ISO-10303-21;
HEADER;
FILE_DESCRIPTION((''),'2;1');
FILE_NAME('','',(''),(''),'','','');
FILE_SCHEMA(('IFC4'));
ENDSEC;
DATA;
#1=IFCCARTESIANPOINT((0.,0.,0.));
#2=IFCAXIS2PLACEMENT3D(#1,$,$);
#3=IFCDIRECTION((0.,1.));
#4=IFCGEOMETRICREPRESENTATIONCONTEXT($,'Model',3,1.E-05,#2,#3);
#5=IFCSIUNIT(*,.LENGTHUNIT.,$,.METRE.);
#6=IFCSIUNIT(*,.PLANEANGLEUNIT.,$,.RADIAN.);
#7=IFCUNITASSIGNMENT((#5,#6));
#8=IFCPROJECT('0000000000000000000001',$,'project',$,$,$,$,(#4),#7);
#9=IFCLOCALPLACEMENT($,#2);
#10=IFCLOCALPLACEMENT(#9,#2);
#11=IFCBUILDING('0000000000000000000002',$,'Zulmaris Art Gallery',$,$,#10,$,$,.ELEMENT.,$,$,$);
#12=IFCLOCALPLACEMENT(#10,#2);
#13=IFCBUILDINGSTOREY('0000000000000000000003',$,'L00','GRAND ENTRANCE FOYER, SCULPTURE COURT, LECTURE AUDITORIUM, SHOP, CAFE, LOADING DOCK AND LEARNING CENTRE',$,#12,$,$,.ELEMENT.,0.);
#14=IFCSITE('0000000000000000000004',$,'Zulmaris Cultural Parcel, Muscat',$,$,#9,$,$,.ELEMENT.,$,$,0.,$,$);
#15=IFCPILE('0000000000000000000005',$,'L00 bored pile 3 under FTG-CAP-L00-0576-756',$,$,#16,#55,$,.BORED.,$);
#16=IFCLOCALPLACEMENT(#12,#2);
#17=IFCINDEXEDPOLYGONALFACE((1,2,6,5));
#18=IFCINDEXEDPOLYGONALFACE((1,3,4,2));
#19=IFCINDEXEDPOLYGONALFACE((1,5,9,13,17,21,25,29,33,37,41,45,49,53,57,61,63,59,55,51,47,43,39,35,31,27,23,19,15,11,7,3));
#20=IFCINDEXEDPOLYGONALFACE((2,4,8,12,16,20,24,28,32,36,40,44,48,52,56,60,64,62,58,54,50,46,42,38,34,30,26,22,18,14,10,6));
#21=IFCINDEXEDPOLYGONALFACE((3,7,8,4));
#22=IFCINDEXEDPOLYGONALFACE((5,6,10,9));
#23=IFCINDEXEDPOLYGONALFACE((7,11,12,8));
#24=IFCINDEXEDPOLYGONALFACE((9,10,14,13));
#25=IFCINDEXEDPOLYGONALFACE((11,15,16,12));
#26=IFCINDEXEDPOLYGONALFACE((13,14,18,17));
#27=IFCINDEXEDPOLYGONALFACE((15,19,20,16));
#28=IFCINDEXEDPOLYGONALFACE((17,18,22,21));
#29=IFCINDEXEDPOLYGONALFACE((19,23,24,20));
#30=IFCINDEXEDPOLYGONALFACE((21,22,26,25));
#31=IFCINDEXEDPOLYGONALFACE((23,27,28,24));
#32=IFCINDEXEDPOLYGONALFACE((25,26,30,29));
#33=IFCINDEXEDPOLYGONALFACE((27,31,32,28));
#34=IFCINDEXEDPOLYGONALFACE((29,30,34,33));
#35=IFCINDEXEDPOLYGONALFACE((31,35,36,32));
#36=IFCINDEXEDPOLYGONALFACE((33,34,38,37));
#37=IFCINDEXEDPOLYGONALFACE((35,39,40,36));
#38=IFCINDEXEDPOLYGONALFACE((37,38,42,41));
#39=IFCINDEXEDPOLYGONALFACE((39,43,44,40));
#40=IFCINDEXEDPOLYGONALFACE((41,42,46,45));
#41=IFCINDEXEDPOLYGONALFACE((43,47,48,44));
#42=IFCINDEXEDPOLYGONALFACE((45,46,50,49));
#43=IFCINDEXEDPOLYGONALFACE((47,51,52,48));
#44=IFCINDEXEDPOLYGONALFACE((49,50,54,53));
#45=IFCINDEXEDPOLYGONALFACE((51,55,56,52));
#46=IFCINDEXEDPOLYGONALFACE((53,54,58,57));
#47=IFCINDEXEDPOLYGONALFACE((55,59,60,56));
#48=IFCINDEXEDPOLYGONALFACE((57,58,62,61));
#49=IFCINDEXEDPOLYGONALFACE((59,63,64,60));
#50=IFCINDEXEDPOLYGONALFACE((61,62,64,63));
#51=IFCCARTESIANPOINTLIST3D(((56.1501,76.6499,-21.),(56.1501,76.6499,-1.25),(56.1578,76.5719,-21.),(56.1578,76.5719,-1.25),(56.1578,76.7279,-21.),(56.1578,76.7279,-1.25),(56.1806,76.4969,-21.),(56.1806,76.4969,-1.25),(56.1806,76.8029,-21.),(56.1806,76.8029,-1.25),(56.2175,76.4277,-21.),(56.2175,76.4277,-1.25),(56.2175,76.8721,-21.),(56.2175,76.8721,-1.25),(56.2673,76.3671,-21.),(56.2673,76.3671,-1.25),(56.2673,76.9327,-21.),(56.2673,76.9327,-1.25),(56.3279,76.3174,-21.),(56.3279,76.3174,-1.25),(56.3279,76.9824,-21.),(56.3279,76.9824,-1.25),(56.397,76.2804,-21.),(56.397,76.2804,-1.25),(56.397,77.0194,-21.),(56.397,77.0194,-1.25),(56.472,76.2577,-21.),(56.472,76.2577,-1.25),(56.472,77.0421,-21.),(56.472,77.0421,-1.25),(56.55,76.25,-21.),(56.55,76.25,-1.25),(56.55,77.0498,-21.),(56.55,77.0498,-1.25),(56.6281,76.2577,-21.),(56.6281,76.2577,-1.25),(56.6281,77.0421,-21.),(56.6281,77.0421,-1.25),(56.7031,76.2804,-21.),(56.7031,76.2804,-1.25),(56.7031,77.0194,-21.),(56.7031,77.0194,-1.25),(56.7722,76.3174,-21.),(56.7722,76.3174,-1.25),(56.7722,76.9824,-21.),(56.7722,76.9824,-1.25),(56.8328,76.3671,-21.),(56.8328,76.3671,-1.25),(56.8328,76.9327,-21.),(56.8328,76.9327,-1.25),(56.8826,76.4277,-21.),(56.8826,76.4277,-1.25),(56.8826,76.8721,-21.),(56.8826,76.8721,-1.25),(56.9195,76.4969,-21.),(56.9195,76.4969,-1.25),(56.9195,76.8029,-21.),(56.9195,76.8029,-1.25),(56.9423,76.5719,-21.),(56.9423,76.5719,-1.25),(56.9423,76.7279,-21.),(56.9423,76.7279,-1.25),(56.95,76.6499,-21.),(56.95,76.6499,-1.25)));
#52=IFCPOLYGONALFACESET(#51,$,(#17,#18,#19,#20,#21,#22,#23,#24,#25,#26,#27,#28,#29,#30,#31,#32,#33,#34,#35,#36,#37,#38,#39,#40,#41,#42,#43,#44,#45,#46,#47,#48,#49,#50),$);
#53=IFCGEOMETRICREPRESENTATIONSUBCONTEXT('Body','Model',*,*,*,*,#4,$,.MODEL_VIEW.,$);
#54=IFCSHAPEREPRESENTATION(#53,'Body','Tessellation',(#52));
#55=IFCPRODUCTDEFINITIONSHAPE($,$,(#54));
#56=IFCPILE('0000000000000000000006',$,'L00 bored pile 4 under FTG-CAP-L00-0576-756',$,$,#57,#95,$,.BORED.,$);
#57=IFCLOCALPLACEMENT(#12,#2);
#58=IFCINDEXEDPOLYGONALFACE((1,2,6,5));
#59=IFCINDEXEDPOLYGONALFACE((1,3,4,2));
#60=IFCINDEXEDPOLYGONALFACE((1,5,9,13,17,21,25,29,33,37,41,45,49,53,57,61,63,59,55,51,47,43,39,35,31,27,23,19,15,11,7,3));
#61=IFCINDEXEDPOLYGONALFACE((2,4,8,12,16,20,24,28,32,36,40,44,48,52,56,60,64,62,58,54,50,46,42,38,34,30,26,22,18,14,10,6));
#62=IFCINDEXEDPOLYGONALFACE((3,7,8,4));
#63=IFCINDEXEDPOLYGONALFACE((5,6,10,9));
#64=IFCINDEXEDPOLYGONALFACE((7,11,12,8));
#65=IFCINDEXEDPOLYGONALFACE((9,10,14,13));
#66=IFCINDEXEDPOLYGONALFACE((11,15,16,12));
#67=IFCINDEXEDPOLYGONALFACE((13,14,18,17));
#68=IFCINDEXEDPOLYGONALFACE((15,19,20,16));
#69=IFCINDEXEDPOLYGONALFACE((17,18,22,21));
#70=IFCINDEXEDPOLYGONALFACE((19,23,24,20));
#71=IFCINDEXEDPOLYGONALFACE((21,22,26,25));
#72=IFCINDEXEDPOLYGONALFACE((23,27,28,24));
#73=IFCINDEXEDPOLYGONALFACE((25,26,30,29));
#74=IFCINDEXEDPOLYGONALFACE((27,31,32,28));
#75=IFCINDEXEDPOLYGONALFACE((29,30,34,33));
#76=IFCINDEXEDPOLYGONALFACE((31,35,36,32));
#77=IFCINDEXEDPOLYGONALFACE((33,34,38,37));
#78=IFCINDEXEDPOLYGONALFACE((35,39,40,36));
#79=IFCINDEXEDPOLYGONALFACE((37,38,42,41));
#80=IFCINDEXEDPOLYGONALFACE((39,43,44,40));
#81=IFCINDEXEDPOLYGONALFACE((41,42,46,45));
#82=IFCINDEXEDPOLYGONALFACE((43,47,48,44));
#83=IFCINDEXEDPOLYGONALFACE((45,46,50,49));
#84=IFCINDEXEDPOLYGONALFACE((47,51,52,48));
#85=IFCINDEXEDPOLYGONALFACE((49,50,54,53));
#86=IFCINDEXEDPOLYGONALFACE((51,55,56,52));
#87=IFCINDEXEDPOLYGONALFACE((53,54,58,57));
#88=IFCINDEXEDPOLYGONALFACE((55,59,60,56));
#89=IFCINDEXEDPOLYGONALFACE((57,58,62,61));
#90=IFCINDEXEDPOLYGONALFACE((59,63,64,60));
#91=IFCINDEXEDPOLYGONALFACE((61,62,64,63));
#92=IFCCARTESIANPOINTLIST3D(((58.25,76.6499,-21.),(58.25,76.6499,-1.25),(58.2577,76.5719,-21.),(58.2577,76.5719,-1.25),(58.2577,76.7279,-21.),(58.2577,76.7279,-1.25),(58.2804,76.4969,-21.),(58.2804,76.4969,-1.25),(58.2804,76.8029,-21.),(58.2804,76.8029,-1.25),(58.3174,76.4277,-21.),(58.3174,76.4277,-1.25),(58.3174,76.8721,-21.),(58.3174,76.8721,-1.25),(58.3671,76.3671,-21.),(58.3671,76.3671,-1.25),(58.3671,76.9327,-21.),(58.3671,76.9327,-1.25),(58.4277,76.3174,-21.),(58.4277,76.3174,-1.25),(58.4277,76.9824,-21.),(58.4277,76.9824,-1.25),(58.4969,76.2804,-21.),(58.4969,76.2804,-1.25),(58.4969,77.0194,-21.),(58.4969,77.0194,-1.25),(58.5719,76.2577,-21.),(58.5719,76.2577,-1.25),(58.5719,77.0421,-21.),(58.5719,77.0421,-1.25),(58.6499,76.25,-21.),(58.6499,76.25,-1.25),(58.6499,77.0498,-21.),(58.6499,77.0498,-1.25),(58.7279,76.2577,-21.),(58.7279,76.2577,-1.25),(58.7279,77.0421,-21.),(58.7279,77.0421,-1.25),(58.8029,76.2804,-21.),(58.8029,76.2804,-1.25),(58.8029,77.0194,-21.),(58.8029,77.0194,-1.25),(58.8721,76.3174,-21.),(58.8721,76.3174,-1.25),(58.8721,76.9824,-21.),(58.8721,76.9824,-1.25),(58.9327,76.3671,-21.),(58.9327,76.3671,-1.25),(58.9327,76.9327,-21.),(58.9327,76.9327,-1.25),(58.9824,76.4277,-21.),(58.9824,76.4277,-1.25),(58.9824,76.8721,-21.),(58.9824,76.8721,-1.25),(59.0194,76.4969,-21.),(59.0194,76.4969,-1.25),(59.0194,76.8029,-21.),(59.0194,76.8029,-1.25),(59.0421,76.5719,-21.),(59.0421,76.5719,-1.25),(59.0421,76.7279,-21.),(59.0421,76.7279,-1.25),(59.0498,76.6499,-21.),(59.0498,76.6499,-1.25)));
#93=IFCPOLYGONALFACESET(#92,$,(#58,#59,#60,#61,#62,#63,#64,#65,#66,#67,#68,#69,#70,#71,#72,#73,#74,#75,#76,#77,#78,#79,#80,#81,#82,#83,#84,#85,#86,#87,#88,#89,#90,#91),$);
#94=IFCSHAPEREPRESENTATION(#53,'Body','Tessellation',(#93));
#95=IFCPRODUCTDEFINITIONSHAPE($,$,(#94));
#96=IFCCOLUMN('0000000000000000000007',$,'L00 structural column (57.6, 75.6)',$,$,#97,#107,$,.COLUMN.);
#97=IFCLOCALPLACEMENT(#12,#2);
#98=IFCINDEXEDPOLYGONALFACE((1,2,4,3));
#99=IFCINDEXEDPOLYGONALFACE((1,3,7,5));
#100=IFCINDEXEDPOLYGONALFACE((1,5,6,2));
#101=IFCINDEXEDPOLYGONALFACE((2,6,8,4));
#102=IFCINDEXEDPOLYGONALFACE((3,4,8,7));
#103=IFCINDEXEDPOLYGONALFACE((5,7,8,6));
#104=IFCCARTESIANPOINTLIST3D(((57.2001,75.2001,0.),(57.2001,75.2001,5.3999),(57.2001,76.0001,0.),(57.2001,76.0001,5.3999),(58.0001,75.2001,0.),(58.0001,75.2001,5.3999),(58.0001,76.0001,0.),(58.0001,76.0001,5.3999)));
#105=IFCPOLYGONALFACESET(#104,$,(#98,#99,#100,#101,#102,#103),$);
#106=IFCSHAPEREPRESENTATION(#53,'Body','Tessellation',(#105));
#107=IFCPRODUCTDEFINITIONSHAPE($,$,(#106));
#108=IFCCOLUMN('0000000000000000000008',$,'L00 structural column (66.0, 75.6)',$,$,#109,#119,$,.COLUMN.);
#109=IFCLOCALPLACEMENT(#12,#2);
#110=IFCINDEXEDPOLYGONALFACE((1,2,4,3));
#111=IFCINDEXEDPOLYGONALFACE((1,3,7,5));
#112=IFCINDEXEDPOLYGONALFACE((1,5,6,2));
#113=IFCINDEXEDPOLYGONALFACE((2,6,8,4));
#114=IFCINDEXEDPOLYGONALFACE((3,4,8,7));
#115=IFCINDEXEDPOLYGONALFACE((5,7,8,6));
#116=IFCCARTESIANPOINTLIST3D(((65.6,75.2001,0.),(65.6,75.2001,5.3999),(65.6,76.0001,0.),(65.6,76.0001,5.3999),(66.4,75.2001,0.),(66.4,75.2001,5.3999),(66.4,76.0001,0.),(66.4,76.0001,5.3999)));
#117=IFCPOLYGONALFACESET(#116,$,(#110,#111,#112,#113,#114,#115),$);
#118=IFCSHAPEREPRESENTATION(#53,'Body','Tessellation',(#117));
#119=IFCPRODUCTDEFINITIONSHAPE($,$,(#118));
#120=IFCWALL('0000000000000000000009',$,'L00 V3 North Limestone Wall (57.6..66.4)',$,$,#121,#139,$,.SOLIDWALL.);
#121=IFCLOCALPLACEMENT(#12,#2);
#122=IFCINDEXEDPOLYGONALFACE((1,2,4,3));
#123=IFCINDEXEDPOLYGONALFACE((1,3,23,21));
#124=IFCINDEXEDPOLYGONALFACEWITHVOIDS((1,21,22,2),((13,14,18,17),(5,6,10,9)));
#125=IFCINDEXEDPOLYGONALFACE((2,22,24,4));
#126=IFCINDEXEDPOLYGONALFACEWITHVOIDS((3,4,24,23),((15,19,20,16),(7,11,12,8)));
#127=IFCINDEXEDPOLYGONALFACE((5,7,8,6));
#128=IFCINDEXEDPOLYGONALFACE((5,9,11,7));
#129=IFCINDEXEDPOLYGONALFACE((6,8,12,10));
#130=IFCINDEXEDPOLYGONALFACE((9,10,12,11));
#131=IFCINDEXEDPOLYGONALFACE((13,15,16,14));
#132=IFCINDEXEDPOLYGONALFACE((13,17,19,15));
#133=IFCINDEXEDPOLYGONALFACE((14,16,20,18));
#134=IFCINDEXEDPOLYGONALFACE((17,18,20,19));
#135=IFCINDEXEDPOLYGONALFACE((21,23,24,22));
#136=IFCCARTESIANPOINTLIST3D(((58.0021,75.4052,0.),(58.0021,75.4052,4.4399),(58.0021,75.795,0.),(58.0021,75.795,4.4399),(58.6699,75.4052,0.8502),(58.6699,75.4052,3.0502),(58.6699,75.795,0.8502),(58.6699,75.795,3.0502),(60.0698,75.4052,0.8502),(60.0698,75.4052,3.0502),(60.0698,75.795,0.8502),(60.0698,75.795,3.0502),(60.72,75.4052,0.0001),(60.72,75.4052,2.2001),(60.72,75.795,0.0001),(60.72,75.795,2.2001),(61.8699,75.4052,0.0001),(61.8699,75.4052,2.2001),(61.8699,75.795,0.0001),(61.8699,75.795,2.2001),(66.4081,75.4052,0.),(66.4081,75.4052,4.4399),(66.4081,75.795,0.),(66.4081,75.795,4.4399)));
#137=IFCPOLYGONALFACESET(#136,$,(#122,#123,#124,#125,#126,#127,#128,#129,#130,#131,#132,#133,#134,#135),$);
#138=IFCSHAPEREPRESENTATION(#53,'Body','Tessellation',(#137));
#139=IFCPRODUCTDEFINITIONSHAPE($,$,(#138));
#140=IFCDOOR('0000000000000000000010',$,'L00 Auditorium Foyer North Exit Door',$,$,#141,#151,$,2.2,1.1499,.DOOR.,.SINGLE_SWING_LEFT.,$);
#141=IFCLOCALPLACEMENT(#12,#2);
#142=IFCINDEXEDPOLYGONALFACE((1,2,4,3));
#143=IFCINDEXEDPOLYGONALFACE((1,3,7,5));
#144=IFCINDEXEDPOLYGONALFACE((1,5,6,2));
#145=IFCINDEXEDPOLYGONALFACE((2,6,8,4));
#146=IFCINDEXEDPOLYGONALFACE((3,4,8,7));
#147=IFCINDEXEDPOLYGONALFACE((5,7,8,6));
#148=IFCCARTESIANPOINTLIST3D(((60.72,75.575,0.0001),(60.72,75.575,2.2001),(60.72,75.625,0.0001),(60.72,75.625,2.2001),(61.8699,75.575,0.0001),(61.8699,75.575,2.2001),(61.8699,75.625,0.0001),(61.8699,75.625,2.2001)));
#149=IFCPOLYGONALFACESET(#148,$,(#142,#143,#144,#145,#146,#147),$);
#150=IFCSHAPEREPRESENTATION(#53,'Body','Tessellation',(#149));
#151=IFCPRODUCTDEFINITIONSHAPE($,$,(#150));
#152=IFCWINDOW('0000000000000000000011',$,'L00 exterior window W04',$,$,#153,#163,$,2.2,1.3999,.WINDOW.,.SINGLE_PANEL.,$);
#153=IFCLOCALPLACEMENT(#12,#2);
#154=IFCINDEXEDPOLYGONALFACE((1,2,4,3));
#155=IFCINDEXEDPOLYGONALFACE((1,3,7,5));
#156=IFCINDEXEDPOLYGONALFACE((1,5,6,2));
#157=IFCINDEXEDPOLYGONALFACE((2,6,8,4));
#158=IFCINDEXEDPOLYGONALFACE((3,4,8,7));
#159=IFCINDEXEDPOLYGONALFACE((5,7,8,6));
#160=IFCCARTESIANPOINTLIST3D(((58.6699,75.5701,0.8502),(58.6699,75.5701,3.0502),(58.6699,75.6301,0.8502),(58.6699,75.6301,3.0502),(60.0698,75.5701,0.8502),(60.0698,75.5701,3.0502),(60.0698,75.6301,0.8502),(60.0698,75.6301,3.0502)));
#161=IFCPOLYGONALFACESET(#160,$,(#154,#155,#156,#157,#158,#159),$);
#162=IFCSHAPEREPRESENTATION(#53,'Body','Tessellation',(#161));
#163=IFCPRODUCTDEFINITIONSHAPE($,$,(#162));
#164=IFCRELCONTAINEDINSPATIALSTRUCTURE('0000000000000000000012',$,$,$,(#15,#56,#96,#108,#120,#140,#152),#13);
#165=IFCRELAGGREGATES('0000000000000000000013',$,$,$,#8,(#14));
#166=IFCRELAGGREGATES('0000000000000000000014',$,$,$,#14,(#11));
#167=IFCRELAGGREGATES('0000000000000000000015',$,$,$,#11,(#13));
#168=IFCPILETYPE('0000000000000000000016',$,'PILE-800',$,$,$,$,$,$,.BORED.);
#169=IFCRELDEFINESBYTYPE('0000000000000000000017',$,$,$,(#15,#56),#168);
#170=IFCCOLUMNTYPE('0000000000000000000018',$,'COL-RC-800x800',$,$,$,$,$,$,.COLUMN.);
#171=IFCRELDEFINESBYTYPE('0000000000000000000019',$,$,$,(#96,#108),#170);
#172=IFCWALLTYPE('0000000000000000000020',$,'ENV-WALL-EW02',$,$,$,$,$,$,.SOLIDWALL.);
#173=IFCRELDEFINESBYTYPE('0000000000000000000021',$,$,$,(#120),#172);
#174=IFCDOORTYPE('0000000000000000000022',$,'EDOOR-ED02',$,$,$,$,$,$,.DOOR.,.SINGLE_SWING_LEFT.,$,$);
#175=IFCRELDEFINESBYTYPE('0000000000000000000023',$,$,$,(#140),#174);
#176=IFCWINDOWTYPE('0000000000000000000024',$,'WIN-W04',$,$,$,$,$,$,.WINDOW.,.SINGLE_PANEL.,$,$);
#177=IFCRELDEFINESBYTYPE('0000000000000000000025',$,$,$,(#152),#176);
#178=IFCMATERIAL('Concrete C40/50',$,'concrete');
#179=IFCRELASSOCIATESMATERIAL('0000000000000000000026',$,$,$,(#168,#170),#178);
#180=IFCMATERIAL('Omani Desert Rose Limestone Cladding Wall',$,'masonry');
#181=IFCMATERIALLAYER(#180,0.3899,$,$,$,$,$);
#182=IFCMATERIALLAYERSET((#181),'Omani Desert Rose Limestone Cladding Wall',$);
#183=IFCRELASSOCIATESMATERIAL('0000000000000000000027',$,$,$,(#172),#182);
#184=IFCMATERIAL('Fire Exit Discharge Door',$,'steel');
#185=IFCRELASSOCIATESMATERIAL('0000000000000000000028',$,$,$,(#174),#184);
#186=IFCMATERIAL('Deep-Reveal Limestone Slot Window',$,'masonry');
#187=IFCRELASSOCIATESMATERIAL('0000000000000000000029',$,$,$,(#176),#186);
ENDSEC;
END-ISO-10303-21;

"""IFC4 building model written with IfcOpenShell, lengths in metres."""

from ifc_helpers import new_model, si_unit, direction, frame, frame_2d, origin, origin_2d, place, context, subcontext, project, spatial, rectangle, circle, extrude, material, layer, layer_set, material_profile, profile_set, type_object, element, fill, save


model = new_model("IFC4")

# Units and contexts
model_context = context("Model", 3, precision=1e-05, world=origin(), true_north=direction((0.0, 1.0)))
body_context = subcontext(model_context, "Body", "Model", "MODEL_VIEW")
ifc_project = project(units=[si_unit("LENGTHUNIT", "METRE"), si_unit("PLANEANGLEUNIT", "RADIAN")], contexts=[model_context])

# Site, building, storey
site_placement = place(None, origin())
site = spatial("IfcSite", under=ifc_project, at=site_placement, Name="Zulmaris Cultural Parcel, Muscat", CompositionType="ELEMENT", RefElevation=0.0)
building_placement = place(site_placement, origin())
building = spatial("IfcBuilding", under=site, at=building_placement, Name="Zulmaris Art Gallery", CompositionType="ELEMENT")
storey_placement = place(building_placement, origin())
storey = spatial("IfcBuildingStorey", under=building, at=storey_placement, Name="L00", Description="GRAND ENTRANCE FOYER, SCULPTURE COURT, LECTURE AUDITORIUM, SHOP, CAFE, LOADING DOCK AND LEARNING CENTRE", CompositionType="ELEMENT", Elevation=0.0)

# Piles
ifc_material_1 = material(Name="Concrete C40/50", Category="concrete")
ifc_material_profile_1 = material_profile(ifc_material_1, circle(Radius=0.3999, at=origin_2d()), Name="PILE DIA 800")
ifc_profile_set_1 = profile_set([ifc_material_profile_1], Name="Concrete C40/50")
pile_type_1 = type_object("IfcPileType", Name="PILE-800", PredefinedType="BORED", material=ifc_profile_set_1)
for number, where, z_axis, x_axis, name in (
    (1, (56.55, 76.6499, -1.25), (0.0, 0.0, -1.0), (1.0, 0.0, 0.0), "L00 bored pile 3 under FTG-CAP-L00-0576-756"),
    (2, (58.6499, 76.6499, -1.25), (0.0, 0.0, -1.0), (1.0, 0.0, 0.0), "L00 bored pile 4 under FTG-CAP-L00-0576-756"),
):
    element("IfcPile", number, at=place(storey_placement, frame(where, z_axis=z_axis, x_axis=x_axis)), inside=storey, type_object=pile_type_1, Name=name, PredefinedType="BORED", context=body_context, shape_type="SweptSolid", body=[
        extrude(circle(Radius=0.3999, at=origin_2d()), origin(), (0.0, 0.0, 1.0), 19.75),
    ])

# Columns
ifc_material_profile_2 = material_profile(ifc_material_1, rectangle(XDim=0.8, YDim=0.8, at=origin_2d()), Name="RC 800x800")
ifc_profile_set_2 = profile_set([ifc_material_profile_2], Name="Concrete C40/50")
column_type = type_object("IfcColumnType", Name="COL-RC-800x800", PredefinedType="COLUMN", material=ifc_profile_set_2)
for number, where, z_axis, x_axis, name in (
    (3, (57.6001, 75.6001, 0.0), (0.0, 0.0, 1.0), (1.0, 0.0, 0.0), "L00 structural column (57.6, 75.6)"),
    (4, (66.0, 75.6001, 0.0), (0.0, 0.0, 1.0), (1.0, 0.0, 0.0), "L00 structural column (66.0, 75.6)"),
):
    element("IfcColumn", number, at=place(storey_placement, frame(where, z_axis=z_axis, x_axis=x_axis)), inside=storey, type_object=column_type, Name=name, PredefinedType="COLUMN", context=body_context, shape_type="SweptSolid", body=[
        extrude(rectangle(XDim=0.8, YDim=0.8, at=origin_2d()), origin(), (0.0, 0.0, 1.0), 5.3999),
    ])

# Wall, openings, door, window
ifc_material_2 = material(Name="Omani Desert Rose Limestone Cladding Wall", Category="masonry")
ifc_layer_1 = layer(ifc_material_2, 0.3899)
ifc_layer_set_1 = layer_set([ifc_layer_1], Name="Omani Desert Rose Limestone Cladding Wall")
wall_type_1 = type_object("IfcWallType", Name="ENV-WALL-EW02", PredefinedType="SOLIDWALL", material=ifc_layer_set_1)
wall_1_placement = place(storey_placement, frame((58.002, 75.6001, 0.0), z_axis=(0.0, 0.0, 1.0), x_axis=(1.0, 0.0, 0.0)))
wall_1 = element("IfcWall", 5, at=wall_1_placement, inside=storey, type_object=wall_type_1, Name="L00 V3 North Limestone Wall (57.6..66.4)", PredefinedType="SOLIDWALL", context=body_context, shape_type="SweptSolid", body=[
    extrude(rectangle(XDim=8.406, YDim=0.3899, at=frame_2d((4.2031, 0.0))), origin(), (0.0, 0.0, 1.0), 4.4399),
])
opening_1_placement = place(wall_1_placement, frame((0.668, 0.0, 0.8501)))
opening_1 = element("IfcOpeningElement", 6, at=opening_1_placement, cuts=wall_1, PredefinedType="OPENING", context=body_context, shape_type="SweptSolid", body=[
    extrude(rectangle(XDim=1.3999, YDim=2.2, at=frame_2d((0.7, 1.1001))), frame((0.0, 0.2048, 0.0), z_axis=(0.0, -1.0, 0.0), x_axis=(1.0, 0.0, 0.0)), (0.0, 0.0, 1.0), 0.4099),
])
opening_2_placement = place(wall_1_placement, frame((2.718, 0.0, 0.0)))
opening_2 = element("IfcOpeningElement", 7, at=opening_2_placement, cuts=wall_1, PredefinedType="OPENING", context=body_context, shape_type="SweptSolid", body=[
    extrude(rectangle(XDim=1.1499, YDim=2.2, at=frame_2d((0.575, 1.1001))), frame((0.0, 0.2048, 0.0), z_axis=(0.0, -1.0, 0.0), x_axis=(1.0, 0.0, 0.0)), (0.0, 0.0, 1.0), 0.4099),
])
ifc_material_3 = material(Name="Fire Exit Discharge Door", Category="steel")
door_type_1 = type_object("IfcDoorType", Name="EDOOR-ED02", OperationType="SINGLE_SWING_LEFT", PredefinedType="DOOR", material=ifc_material_3)
door_1_placement = place(opening_2_placement, origin())
door_1 = element("IfcDoor", 8, at=door_1_placement, inside=storey, type_object=door_type_1, Name="L00 Auditorium Foyer North Exit Door", OperationType="SINGLE_SWING_LEFT", OverallHeight=2.2, OverallWidth=1.1499, PredefinedType="DOOR", context=body_context, shape_type="SweptSolid", body=[
    extrude(rectangle(XDim=1.1499, YDim=2.2, at=frame_2d((0.575, 1.1001))), frame((0.0, 0.0249, 0.0), z_axis=(0.0, -1.0, 0.0), x_axis=(1.0, 0.0, 0.0)), (0.0, 0.0, 1.0), 0.05),
])
fill(opening_2, door_1)
ifc_material_4 = material(Name="Deep-Reveal Limestone Slot Window", Category="masonry")
window_type_1 = type_object("IfcWindowType", Name="WIN-W04", PartitioningType="SINGLE_PANEL", PredefinedType="WINDOW", material=ifc_material_4)
window_1_placement = place(opening_1_placement, origin())
window_1 = element("IfcWindow", 9, at=window_1_placement, inside=storey, type_object=window_type_1, Name="L00 exterior window W04", OverallHeight=2.2, OverallWidth=1.3999, PartitioningType="SINGLE_PANEL", PredefinedType="WINDOW", context=body_context, shape_type="SweptSolid", body=[
    extrude(rectangle(XDim=1.3999, YDim=2.2, at=frame_2d((0.7, 1.1001))), frame((0.0, 0.03, 0.0), z_axis=(0.0, -1.0, 0.0), x_axis=(1.0, 0.0, 0.0)), (0.0, 0.0, 1.0), 0.0601),
])
fill(opening_1, window_1)

save(model, "model.ifc")
